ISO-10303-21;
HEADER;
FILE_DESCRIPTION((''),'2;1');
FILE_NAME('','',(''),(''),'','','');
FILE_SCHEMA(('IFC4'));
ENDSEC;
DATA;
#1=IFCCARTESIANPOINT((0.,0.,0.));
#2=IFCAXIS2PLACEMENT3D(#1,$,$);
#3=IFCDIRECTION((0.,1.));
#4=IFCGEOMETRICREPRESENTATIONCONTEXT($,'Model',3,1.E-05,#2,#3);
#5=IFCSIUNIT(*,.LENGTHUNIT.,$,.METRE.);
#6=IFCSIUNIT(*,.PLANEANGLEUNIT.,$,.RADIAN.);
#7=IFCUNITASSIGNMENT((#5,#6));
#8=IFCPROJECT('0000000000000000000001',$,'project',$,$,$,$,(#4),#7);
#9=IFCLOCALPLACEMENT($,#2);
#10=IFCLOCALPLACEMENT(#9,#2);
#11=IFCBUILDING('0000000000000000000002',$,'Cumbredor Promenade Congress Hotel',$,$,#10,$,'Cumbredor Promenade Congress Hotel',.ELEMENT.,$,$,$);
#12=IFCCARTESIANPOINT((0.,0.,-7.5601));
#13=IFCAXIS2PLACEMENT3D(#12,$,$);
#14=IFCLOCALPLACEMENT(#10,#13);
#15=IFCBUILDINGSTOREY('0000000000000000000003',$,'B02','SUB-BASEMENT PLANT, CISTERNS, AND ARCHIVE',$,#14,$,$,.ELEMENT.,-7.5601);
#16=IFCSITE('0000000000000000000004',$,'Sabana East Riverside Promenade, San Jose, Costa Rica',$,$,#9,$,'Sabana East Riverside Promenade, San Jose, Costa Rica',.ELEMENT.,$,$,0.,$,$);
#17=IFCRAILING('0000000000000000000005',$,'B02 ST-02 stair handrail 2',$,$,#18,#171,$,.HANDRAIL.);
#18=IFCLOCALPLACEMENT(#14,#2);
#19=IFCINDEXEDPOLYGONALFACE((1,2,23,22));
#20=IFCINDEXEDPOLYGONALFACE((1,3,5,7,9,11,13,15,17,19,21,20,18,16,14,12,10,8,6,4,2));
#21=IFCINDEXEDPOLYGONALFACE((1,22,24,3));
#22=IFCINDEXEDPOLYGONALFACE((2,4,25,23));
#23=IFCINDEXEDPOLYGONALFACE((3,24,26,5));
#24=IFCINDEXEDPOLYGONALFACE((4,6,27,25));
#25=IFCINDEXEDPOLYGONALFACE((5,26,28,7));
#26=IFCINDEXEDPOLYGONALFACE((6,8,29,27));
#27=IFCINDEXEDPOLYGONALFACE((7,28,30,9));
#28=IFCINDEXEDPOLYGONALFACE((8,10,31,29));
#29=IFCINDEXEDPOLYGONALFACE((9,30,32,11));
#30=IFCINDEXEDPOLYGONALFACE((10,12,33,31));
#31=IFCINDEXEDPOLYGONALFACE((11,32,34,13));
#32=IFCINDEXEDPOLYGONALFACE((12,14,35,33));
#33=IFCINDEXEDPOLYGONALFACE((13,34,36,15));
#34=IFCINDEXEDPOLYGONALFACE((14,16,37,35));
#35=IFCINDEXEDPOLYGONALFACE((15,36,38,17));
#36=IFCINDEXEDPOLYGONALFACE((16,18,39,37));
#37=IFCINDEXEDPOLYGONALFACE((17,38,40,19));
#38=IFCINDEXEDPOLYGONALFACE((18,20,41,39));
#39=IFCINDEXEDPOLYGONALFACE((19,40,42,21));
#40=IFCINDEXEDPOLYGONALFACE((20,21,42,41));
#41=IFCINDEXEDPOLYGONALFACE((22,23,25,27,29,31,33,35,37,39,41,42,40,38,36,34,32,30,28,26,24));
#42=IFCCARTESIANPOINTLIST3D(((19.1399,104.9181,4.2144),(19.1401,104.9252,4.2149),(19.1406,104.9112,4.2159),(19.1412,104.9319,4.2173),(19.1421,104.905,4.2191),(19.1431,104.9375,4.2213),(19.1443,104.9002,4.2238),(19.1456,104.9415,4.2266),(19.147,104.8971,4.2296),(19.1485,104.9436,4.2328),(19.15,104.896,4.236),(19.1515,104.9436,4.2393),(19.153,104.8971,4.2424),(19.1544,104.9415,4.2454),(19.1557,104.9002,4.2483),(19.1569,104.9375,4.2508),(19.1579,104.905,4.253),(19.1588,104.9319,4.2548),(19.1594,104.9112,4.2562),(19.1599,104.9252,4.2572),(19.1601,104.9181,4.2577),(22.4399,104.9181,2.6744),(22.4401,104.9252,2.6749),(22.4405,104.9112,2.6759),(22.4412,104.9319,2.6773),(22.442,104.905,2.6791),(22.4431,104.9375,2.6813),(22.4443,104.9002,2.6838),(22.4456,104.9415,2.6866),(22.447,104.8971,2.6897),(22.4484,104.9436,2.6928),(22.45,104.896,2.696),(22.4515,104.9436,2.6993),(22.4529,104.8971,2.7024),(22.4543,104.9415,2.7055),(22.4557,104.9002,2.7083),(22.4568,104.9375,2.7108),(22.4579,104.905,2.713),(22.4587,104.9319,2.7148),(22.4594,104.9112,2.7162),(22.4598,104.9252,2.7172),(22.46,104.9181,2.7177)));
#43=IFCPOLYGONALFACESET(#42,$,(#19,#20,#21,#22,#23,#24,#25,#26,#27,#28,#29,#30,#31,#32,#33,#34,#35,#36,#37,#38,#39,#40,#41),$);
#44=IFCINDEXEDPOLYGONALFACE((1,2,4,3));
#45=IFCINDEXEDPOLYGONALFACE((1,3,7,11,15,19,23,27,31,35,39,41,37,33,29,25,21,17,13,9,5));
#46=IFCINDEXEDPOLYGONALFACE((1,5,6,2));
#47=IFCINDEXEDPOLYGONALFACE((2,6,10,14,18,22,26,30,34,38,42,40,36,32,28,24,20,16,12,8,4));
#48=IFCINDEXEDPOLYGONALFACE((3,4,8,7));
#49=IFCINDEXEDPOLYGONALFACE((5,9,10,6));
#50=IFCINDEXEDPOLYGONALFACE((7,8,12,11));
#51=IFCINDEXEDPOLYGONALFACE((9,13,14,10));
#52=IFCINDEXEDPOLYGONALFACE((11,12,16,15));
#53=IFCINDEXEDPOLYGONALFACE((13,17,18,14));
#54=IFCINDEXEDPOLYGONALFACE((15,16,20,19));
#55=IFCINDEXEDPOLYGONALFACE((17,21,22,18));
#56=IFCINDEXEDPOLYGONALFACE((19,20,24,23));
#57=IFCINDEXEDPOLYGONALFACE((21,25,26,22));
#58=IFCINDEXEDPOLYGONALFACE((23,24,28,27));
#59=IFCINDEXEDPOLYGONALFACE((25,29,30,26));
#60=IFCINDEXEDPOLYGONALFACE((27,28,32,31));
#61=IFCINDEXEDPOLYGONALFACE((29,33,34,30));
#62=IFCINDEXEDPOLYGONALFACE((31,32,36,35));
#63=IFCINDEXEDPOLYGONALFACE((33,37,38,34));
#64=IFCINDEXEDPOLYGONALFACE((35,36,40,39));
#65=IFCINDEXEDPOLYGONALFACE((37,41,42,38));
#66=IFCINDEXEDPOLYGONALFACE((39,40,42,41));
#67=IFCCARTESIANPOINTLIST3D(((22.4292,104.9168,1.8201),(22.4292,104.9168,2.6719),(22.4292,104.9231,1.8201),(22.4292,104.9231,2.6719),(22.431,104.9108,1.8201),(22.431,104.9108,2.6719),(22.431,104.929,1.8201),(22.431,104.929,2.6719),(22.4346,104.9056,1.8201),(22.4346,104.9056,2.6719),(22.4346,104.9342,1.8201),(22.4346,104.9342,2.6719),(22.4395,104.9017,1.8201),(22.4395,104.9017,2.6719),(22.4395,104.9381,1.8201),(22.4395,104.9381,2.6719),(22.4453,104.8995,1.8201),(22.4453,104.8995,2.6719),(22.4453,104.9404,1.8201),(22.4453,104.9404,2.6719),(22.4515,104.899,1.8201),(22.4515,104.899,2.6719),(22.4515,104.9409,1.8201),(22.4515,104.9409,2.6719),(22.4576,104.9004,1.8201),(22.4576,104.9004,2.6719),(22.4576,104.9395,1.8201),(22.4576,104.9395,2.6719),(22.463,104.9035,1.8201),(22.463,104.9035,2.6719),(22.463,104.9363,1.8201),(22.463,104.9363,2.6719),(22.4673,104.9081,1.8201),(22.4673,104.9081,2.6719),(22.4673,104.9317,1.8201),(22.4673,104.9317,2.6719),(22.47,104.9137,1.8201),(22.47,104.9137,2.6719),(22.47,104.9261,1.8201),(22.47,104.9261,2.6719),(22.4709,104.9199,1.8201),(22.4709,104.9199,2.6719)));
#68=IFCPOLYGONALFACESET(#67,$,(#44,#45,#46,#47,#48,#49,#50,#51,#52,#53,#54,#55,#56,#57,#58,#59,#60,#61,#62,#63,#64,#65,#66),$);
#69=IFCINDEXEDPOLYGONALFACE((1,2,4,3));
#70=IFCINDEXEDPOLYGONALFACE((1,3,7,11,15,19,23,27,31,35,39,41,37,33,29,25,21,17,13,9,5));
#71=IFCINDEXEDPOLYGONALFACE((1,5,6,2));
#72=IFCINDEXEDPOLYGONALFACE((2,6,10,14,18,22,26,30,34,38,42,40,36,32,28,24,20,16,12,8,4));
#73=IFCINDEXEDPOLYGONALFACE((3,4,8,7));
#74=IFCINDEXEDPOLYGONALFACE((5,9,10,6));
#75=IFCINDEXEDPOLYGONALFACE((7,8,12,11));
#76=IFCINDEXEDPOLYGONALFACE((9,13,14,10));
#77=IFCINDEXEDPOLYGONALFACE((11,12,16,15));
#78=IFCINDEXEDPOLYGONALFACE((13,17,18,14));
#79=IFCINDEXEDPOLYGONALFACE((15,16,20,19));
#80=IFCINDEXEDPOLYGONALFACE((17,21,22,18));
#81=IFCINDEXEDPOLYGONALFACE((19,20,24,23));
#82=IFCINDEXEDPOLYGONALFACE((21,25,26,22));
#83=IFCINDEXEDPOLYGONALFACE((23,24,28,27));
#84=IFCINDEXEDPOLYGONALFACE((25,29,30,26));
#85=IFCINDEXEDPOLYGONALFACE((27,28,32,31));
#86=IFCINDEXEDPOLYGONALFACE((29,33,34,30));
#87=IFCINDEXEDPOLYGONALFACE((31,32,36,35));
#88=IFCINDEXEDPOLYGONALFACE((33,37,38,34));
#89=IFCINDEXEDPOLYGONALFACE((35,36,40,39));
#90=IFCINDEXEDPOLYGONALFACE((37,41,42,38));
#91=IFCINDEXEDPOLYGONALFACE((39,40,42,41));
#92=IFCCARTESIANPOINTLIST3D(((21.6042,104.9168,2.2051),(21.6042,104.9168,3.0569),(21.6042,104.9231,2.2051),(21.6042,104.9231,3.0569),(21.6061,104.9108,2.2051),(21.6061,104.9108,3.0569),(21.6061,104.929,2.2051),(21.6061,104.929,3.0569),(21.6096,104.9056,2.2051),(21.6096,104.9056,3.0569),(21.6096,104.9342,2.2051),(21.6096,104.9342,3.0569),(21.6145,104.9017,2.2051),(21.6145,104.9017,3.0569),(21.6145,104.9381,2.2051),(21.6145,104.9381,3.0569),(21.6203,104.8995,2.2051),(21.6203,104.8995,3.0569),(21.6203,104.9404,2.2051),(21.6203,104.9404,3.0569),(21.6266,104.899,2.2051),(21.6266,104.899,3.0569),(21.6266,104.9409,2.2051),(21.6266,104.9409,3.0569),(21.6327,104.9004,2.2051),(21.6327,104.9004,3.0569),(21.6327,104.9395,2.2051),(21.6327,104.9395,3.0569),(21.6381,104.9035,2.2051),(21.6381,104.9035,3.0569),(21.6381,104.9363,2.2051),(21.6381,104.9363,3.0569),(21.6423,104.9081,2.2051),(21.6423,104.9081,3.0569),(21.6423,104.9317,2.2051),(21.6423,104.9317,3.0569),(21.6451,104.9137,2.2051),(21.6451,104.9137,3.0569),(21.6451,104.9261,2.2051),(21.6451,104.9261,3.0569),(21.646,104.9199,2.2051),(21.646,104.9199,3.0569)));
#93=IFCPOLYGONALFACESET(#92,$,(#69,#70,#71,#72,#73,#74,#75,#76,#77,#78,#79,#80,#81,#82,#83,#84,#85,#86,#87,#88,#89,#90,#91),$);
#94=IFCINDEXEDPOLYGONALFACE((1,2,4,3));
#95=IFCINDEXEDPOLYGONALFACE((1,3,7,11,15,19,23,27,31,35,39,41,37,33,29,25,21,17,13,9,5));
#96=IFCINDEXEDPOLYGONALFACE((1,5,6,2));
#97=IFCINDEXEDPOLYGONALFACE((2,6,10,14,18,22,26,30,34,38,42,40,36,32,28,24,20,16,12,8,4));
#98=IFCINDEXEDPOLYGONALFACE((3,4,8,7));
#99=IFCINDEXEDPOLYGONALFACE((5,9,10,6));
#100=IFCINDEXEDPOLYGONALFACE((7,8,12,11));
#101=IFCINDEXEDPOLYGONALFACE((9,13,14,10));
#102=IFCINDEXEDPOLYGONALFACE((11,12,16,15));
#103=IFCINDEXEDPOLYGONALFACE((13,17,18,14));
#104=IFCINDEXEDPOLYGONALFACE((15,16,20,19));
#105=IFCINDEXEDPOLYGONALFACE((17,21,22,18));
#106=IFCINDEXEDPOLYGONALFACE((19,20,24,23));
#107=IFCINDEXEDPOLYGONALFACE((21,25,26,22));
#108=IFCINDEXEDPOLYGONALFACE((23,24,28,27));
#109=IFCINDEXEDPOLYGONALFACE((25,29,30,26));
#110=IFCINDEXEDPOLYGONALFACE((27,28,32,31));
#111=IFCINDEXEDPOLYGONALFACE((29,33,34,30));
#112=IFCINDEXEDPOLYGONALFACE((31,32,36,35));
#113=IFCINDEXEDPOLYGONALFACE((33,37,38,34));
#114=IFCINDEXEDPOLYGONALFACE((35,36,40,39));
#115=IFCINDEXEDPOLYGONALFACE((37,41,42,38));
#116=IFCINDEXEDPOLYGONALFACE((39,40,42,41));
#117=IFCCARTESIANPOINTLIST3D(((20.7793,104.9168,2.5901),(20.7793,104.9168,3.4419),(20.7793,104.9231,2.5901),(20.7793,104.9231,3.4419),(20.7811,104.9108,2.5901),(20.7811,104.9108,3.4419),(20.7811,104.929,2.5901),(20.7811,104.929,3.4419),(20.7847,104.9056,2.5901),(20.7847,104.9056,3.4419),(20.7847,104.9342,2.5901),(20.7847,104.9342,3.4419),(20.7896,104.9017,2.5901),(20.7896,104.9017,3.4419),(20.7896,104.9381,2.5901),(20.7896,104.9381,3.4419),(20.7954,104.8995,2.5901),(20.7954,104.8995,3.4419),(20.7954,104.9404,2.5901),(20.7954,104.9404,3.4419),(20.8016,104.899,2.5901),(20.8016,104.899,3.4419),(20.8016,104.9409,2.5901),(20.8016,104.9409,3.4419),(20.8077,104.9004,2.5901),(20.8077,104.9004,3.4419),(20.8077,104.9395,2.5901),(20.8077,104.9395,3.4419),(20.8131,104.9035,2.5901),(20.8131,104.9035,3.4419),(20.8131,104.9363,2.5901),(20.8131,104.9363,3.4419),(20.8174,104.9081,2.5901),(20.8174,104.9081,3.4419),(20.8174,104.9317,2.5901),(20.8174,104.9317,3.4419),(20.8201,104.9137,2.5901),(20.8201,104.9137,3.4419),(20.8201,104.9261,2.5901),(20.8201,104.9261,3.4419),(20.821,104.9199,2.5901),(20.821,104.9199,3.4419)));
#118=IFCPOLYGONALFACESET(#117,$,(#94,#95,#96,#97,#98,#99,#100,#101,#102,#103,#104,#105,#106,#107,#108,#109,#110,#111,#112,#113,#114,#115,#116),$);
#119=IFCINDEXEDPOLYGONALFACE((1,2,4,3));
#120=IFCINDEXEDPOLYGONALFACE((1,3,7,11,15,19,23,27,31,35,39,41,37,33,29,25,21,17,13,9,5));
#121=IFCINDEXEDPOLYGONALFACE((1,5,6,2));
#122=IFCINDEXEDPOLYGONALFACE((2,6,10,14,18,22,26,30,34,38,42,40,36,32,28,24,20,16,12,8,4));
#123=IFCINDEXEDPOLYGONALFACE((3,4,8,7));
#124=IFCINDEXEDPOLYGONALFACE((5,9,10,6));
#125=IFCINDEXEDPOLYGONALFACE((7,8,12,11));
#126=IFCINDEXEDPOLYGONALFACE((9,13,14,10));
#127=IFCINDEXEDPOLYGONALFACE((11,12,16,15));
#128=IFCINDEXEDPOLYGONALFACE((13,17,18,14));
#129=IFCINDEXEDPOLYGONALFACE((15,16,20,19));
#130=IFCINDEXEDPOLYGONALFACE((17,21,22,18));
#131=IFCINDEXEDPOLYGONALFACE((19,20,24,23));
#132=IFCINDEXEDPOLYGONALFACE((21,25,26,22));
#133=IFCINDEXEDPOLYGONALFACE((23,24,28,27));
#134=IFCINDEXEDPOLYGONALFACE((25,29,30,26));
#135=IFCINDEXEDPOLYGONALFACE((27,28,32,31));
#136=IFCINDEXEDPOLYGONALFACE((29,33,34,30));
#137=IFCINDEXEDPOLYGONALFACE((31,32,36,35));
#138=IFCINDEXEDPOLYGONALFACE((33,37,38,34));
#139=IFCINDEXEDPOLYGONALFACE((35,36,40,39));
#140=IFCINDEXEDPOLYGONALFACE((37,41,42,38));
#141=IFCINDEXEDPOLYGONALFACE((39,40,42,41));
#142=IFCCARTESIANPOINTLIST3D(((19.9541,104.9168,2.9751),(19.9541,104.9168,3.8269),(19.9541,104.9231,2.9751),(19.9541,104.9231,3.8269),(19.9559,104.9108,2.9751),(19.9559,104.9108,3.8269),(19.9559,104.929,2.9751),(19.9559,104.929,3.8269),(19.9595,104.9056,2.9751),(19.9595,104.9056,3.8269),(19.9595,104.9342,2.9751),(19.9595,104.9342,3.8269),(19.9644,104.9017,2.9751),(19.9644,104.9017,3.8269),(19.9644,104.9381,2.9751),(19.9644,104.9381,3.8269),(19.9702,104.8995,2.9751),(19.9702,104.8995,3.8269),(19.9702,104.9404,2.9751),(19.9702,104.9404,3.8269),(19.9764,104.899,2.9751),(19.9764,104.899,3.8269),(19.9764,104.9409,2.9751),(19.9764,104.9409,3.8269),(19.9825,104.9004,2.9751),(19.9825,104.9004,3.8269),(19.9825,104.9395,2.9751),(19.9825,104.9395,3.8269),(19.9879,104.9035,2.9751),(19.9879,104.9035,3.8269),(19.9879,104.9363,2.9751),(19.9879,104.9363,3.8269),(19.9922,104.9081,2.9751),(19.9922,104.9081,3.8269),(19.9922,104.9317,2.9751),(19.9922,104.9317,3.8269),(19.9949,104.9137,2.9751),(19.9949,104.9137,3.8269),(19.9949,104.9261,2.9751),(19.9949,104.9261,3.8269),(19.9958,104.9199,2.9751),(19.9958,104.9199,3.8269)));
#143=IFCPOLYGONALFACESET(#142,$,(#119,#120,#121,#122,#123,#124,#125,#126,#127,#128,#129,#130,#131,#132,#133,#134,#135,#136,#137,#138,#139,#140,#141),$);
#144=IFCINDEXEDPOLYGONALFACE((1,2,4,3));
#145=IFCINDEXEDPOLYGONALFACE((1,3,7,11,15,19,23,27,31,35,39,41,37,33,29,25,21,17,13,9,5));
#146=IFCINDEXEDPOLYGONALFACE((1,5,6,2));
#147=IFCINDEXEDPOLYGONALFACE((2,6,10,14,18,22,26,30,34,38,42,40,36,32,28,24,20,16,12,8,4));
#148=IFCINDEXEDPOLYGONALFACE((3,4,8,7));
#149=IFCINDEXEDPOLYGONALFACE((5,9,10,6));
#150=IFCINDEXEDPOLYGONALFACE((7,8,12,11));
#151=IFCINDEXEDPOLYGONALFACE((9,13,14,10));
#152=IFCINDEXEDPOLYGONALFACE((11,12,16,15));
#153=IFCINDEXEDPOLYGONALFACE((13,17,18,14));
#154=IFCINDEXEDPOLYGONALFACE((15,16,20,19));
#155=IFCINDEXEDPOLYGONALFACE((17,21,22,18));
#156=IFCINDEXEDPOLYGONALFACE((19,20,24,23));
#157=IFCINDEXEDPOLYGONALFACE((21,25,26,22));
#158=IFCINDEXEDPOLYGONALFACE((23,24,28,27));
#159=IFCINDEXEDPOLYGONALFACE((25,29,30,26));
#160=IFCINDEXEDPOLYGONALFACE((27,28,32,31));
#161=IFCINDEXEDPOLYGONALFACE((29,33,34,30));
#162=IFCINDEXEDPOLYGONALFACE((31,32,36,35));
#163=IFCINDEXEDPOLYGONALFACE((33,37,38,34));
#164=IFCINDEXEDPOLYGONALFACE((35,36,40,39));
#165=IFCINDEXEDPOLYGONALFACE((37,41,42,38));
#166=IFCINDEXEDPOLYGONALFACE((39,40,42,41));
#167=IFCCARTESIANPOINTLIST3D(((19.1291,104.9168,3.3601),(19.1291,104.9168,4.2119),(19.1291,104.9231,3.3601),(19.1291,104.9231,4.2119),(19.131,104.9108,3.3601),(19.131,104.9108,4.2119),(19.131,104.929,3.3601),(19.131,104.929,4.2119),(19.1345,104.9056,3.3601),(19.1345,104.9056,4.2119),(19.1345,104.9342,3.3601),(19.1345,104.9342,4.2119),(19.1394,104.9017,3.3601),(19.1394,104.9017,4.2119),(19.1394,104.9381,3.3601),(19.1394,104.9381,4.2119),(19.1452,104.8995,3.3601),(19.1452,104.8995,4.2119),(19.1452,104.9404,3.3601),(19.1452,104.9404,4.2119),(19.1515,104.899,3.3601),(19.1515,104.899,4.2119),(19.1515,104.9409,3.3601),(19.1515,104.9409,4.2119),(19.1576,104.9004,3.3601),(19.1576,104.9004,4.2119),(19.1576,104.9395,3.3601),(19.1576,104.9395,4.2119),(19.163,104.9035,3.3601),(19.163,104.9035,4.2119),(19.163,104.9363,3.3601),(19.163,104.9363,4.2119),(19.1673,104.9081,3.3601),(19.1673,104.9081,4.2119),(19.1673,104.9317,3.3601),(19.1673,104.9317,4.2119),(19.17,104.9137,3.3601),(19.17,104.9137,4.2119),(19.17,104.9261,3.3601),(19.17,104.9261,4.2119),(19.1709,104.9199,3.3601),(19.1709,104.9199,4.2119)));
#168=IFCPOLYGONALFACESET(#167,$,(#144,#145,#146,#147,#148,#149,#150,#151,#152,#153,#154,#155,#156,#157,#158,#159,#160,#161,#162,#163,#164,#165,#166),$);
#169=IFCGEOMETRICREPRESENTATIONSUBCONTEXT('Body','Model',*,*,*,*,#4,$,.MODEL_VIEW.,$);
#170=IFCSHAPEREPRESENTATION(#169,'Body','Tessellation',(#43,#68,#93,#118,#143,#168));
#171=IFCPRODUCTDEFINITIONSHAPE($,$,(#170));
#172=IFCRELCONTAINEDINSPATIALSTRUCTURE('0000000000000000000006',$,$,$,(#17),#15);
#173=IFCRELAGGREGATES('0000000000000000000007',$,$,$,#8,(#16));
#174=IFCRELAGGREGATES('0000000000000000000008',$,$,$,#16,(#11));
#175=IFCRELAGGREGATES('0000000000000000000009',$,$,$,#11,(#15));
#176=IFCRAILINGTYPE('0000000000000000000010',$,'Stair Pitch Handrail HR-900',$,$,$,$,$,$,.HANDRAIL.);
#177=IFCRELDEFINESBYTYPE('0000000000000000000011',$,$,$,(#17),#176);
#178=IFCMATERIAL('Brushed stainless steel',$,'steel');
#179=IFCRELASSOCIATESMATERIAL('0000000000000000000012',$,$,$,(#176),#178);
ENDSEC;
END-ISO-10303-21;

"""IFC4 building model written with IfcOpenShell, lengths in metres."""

from ifc_helpers import new_model, si_unit, direction, frame, origin, origin_2d, place, context, subcontext, project, spatial, circle, extrude, material, type_object, element, save


model = new_model("IFC4")

# Units and contexts
model_context = context("Model", 3, precision=1e-05, world=origin(), true_north=direction((0.0, 1.0)))
body_context = subcontext(model_context, "Body", "Model", "MODEL_VIEW")
ifc_project = project(units=[si_unit("LENGTHUNIT", "METRE"), si_unit("PLANEANGLEUNIT", "RADIAN")], contexts=[model_context])

# Site, building, storey
site_placement = place(None, origin())
site = spatial("IfcSite", under=ifc_project, at=site_placement, Name="Sabana East Riverside Promenade, San Jose, Costa Rica", LongName="Sabana East Riverside Promenade, San Jose, Costa Rica", CompositionType="ELEMENT", RefElevation=0.0)
building_placement = place(site_placement, origin())
building = spatial("IfcBuilding", under=site, at=building_placement, Name="Cumbredor Promenade Congress Hotel", LongName="Cumbredor Promenade Congress Hotel", CompositionType="ELEMENT")
storey_placement = place(building_placement, frame((0.0, 0.0, -7.5601)))
storey = spatial("IfcBuildingStorey", under=building, at=storey_placement, Name="B02", Description="SUB-BASEMENT PLANT, CISTERNS, AND ARCHIVE", CompositionType="ELEMENT", Elevation=-7.5601)

# Railing
ifc_material_1 = material(Name="Brushed stainless steel", Category="steel")
railing_type_1 = type_object("IfcRailingType", Name="Stair Pitch Handrail HR-900", PredefinedType="HANDRAIL", material=ifc_material_1)
for number, where, name in (
    (1, (22.45, 104.9199, 1.8201), "B02 ST-02 stair handrail 2"),
):
    element("IfcRailing", number, at=place(storey_placement, frame(where)), inside=storey, type_object=railing_type_1, Name=name, PredefinedType="HANDRAIL", context=body_context, shape_type="SweptSolid", body=[
        extrude(circle(Radius=0.0239, at=origin_2d()), frame((0.0, 0.0, 0.876), z_axis=(-0.906181, 0.0, 0.422889), x_axis=(0.0, -1.0, 0.0)), (0.0, 0.0, 1.0), 3.6416),
        extrude(circle(Radius=0.021, at=origin_2d()), origin(), (0.0, 0.0, 1.0), 0.8518),
        extrude(circle(Radius=0.021, at=origin_2d()), frame((-0.825, 0.0, 0.385)), (0.0, 0.0, 1.0), 0.8518),
        extrude(circle(Radius=0.021, at=origin_2d()), frame((-1.6499, 0.0, 0.77)), (0.0, 0.0, 1.0), 0.8518),
        extrude(circle(Radius=0.021, at=origin_2d()), frame((-2.4751, 0.0, 1.155)), (0.0, 0.0, 1.0), 0.8518),
        extrude(circle(Radius=0.021, at=origin_2d()), frame((-3.3, 0.0, 1.54)), (0.0, 0.0, 1.0), 0.8518),
    ])

save(model, "model.ifc")
